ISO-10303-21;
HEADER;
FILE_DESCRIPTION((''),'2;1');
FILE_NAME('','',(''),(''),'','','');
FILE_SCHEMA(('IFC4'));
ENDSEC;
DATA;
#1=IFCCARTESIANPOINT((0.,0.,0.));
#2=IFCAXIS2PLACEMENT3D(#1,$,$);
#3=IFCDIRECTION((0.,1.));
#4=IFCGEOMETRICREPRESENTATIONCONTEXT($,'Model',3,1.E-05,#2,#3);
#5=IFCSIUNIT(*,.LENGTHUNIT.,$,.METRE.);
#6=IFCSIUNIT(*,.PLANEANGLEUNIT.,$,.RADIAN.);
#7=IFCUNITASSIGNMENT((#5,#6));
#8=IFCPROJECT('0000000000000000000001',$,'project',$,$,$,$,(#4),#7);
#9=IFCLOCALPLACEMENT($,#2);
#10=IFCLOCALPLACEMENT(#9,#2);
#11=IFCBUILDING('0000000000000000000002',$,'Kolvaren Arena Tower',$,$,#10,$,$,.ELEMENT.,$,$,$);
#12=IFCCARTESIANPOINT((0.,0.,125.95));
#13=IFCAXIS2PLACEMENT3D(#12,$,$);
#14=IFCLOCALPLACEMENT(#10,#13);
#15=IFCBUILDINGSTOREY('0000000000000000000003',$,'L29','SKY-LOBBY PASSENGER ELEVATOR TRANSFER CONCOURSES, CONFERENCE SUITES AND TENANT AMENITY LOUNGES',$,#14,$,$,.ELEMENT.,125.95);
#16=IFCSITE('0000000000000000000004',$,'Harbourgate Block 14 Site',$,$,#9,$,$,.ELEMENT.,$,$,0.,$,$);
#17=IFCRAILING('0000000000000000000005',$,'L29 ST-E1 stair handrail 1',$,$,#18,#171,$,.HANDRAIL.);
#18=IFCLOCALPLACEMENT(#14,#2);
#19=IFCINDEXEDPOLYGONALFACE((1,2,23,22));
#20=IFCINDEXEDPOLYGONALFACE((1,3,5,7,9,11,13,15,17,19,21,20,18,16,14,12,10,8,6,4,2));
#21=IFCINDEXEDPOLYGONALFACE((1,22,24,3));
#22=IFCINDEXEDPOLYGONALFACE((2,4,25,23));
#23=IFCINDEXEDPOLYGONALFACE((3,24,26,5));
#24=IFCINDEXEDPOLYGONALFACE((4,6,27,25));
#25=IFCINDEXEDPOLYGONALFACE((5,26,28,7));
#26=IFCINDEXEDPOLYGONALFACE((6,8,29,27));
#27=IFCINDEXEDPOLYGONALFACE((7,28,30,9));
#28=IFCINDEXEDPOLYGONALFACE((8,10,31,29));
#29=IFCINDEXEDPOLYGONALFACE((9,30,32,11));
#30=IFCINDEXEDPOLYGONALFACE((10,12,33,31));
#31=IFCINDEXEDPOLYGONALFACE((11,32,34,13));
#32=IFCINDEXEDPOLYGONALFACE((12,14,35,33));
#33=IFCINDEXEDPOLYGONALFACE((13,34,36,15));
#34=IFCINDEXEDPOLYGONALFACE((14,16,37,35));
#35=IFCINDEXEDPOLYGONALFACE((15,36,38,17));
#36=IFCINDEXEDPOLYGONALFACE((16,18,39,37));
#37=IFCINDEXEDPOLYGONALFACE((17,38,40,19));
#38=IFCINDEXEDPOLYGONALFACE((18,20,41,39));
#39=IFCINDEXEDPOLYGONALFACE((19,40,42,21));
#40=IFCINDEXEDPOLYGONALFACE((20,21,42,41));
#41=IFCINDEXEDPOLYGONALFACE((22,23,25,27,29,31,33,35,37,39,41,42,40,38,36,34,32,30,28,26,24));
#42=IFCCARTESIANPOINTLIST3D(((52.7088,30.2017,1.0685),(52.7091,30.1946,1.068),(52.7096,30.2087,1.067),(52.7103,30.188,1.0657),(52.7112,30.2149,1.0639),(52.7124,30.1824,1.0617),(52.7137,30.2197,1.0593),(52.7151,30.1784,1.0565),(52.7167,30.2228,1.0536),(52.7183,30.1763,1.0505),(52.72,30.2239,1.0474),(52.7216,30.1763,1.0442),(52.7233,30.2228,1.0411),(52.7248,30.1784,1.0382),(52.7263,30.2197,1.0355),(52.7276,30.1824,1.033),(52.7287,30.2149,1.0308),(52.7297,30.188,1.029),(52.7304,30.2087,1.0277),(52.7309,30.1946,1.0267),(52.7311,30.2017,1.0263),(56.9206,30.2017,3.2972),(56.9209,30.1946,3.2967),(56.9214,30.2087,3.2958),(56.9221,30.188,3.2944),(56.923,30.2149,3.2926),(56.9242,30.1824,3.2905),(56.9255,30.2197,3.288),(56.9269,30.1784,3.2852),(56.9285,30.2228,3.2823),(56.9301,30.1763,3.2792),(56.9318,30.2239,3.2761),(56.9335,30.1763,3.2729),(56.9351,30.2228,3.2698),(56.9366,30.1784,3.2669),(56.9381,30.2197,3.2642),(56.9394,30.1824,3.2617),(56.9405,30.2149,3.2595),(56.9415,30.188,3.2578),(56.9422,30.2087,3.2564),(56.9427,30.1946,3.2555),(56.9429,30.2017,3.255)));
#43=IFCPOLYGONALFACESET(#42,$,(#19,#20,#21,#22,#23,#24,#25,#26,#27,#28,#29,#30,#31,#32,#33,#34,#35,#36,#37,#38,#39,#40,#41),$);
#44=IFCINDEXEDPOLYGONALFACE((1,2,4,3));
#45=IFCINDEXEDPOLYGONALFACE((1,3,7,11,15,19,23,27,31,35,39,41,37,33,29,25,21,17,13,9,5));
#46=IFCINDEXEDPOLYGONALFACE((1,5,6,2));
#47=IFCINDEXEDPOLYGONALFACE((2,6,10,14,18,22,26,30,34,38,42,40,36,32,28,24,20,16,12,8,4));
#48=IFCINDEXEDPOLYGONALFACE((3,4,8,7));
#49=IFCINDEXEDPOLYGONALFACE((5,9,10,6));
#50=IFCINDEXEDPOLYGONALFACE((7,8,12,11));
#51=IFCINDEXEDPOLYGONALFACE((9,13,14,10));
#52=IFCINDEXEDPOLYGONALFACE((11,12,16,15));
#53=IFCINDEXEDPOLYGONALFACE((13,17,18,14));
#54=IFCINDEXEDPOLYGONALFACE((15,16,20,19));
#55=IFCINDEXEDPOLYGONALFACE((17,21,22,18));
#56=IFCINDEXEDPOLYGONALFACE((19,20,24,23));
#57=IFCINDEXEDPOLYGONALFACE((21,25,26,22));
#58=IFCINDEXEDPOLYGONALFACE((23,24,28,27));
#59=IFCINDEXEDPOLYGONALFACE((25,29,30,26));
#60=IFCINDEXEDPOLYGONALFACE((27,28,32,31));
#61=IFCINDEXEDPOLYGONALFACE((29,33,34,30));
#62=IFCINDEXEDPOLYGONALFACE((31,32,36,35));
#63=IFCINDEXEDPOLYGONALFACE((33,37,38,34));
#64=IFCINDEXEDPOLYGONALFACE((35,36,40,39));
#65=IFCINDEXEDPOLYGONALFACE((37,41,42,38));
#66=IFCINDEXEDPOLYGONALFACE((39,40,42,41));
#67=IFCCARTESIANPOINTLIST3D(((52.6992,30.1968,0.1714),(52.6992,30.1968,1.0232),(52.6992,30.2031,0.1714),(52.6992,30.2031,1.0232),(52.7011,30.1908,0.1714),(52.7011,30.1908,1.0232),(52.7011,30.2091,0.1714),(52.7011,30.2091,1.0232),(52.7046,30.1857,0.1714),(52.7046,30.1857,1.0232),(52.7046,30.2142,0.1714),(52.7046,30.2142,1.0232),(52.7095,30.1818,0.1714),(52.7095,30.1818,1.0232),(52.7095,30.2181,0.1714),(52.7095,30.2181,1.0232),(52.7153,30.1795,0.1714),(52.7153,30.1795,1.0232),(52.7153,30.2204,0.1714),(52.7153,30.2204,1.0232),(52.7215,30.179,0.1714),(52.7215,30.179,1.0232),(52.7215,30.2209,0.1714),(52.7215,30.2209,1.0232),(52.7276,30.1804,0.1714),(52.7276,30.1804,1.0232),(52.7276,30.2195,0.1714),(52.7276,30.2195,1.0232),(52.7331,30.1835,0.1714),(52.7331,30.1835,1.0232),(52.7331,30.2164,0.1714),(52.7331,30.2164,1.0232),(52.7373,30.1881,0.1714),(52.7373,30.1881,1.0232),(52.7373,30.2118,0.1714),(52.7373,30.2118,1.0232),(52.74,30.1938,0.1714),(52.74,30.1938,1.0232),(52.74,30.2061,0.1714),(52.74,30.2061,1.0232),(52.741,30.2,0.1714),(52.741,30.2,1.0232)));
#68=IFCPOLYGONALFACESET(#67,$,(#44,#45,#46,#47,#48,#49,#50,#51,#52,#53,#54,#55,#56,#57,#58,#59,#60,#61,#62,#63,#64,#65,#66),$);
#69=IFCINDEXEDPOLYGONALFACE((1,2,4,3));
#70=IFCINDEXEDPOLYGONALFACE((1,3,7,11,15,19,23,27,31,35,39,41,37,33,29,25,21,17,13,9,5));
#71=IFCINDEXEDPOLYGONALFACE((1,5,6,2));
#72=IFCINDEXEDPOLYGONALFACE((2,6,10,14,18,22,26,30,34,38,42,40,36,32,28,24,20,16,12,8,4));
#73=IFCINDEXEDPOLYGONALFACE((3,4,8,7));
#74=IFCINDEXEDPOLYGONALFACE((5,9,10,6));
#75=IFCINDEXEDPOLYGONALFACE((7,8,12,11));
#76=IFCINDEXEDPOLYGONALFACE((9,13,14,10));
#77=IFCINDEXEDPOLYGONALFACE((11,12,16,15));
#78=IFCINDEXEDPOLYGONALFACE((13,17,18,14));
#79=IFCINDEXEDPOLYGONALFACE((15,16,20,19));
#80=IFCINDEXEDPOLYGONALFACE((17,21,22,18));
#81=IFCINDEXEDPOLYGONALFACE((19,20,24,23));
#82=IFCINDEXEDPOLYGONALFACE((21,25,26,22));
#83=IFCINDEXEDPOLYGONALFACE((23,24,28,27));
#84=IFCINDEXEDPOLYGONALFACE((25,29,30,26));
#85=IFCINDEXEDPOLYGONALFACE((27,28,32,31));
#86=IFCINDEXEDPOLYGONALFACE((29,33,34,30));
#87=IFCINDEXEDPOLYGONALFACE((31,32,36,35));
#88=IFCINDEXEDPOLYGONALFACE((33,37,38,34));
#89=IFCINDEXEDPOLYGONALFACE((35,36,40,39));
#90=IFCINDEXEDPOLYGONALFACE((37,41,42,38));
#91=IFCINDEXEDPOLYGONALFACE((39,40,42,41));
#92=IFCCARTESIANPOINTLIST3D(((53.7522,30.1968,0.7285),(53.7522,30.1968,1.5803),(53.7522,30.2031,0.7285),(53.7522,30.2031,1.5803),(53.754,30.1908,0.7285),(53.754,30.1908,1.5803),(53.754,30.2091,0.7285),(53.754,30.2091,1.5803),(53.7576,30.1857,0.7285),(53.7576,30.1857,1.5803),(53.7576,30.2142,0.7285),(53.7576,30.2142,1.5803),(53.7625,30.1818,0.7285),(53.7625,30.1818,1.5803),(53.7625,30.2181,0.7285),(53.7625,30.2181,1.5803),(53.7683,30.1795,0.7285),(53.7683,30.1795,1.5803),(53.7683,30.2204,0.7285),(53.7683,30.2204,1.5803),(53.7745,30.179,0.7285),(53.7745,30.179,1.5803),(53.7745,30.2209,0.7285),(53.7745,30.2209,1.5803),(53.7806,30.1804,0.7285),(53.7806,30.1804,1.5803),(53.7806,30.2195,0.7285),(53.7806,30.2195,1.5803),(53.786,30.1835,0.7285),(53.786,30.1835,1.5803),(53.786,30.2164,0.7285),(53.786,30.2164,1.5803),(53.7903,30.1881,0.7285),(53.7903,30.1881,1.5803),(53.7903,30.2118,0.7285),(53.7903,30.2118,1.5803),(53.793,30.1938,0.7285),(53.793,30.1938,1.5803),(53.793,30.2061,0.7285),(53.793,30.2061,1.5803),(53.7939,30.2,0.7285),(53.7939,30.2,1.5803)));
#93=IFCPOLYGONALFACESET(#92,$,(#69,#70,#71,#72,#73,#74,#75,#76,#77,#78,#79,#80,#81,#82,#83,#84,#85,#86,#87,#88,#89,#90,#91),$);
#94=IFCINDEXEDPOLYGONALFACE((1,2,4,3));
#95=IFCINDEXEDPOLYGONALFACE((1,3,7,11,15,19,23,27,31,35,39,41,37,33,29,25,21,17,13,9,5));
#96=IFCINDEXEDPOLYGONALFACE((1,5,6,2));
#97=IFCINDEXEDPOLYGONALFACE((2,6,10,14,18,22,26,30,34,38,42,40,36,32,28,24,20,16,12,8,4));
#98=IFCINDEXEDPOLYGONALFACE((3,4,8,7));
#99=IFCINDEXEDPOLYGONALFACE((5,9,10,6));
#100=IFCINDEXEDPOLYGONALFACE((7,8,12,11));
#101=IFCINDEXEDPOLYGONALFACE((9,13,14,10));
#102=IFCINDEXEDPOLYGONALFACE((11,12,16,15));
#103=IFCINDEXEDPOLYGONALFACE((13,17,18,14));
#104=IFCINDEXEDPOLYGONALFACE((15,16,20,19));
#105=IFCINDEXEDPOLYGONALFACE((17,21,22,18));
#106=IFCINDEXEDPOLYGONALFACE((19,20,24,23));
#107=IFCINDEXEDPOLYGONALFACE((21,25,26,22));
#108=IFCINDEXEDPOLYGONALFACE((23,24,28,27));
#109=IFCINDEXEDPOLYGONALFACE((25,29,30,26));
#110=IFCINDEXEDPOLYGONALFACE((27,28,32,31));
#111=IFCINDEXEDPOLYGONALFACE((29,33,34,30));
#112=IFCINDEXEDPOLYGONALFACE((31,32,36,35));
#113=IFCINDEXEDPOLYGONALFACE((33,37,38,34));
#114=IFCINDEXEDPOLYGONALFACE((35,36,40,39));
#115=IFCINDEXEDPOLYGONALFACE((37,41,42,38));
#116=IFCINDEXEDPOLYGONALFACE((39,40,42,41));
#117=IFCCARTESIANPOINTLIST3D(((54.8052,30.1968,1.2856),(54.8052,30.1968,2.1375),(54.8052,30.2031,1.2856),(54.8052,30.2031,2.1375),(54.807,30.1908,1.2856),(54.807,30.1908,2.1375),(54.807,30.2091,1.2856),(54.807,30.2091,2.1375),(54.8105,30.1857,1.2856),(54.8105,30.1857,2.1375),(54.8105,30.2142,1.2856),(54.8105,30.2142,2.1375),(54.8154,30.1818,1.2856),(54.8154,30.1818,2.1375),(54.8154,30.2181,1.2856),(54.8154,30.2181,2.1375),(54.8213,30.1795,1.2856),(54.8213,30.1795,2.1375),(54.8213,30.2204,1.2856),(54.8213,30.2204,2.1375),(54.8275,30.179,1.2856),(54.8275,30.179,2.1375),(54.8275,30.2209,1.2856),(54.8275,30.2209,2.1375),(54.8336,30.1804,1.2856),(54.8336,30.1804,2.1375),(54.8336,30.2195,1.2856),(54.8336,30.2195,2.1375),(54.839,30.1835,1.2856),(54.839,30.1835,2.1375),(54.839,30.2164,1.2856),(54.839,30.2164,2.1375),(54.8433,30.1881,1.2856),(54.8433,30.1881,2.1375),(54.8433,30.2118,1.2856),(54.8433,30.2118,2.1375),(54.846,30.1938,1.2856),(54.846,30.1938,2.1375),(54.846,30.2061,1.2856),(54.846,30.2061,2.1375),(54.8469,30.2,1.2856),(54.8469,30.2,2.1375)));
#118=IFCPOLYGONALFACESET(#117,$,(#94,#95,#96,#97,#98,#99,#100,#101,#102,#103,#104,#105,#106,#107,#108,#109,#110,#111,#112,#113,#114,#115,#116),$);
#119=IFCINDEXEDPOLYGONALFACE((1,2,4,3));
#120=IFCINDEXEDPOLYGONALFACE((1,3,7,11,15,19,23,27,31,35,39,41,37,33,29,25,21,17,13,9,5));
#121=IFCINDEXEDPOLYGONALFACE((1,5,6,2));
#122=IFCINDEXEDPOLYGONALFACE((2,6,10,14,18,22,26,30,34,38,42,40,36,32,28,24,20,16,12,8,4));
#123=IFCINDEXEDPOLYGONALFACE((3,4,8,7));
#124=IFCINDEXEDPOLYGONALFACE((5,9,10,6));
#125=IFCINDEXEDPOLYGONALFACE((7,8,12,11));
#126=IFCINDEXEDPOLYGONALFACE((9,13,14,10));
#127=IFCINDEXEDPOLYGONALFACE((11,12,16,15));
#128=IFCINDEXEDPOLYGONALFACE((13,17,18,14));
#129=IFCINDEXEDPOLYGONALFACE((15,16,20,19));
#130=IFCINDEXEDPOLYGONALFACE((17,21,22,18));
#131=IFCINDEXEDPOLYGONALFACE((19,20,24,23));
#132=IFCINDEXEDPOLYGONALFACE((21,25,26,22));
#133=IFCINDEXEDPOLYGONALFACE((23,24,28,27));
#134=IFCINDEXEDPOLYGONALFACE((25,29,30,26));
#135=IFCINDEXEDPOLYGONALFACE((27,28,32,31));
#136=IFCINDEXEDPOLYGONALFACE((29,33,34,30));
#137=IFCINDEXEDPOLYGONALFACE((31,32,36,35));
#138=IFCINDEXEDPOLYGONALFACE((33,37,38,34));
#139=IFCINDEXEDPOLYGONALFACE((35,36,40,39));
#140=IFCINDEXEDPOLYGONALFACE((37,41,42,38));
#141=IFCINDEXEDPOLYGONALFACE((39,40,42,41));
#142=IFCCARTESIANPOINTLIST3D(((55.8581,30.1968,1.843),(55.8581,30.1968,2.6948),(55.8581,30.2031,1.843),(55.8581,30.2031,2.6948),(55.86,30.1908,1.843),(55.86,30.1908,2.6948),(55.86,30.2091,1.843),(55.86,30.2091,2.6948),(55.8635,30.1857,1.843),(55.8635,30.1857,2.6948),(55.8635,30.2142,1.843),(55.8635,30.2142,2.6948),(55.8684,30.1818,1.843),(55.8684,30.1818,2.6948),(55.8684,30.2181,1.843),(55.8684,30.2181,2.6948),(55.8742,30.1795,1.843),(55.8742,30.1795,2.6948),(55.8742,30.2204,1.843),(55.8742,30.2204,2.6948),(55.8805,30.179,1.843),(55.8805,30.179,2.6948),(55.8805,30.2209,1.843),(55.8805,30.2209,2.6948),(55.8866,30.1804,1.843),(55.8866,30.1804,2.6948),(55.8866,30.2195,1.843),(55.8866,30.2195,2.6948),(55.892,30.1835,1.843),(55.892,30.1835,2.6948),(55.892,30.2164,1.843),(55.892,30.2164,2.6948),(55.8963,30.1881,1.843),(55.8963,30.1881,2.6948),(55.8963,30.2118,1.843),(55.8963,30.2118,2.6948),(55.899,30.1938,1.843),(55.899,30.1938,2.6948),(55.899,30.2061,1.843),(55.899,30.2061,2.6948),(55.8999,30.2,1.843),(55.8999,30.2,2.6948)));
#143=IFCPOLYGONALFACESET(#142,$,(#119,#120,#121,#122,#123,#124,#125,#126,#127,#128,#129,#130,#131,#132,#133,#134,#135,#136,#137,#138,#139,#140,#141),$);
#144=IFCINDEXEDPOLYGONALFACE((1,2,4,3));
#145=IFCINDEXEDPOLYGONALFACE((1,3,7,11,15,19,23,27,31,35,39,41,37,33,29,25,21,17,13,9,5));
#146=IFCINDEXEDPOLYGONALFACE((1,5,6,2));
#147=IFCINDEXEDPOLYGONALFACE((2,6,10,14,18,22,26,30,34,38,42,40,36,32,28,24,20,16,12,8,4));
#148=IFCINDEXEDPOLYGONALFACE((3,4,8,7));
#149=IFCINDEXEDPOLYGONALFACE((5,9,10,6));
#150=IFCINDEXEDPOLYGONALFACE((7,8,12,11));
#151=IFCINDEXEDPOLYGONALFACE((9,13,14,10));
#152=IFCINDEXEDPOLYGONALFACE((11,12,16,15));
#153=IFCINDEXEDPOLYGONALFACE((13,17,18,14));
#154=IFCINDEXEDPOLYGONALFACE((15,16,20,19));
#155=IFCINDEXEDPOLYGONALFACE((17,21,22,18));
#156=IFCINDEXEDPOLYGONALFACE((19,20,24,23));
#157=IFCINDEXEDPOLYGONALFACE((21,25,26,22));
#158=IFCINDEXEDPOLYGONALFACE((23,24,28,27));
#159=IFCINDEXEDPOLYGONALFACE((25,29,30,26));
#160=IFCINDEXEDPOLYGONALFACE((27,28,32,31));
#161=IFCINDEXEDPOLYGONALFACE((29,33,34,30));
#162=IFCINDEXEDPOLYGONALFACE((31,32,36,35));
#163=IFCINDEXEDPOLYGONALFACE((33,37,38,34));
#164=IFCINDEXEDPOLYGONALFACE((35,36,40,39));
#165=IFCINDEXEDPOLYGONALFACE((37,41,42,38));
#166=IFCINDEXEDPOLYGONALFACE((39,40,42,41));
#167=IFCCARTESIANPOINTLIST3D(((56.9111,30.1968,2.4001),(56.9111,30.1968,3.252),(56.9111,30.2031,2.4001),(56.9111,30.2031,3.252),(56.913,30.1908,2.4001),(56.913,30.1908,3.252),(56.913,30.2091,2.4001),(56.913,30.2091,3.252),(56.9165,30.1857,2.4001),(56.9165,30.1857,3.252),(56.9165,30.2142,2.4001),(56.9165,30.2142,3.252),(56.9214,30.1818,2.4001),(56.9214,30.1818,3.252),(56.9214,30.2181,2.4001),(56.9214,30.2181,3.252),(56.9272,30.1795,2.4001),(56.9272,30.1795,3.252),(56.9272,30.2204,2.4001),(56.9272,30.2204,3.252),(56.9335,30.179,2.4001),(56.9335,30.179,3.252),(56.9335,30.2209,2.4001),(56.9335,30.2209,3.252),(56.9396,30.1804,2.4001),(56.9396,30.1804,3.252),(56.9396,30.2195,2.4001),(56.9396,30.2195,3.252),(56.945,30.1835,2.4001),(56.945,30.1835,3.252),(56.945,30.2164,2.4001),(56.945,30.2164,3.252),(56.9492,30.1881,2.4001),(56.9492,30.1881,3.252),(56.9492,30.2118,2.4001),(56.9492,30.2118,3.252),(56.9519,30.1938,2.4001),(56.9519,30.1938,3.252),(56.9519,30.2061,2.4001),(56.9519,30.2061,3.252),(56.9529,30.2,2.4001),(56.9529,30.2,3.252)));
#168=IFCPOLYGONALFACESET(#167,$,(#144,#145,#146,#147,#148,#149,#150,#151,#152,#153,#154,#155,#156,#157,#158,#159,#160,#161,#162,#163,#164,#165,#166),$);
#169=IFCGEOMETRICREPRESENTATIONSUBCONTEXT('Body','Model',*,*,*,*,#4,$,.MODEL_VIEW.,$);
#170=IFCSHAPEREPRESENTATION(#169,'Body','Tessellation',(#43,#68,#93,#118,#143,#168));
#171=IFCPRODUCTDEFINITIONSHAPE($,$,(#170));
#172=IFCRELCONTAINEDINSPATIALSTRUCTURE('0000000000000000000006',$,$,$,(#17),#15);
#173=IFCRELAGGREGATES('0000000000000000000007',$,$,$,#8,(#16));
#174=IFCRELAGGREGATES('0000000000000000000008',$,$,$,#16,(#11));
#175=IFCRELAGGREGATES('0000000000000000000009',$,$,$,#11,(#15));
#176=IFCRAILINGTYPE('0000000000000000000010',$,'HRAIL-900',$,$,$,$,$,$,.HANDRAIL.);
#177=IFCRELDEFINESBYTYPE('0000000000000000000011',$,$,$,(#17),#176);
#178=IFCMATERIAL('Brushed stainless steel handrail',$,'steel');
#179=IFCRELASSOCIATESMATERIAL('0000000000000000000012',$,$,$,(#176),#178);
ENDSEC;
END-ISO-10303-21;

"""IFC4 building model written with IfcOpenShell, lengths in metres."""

from ifc_helpers import new_model, si_unit, direction, frame, origin, origin_2d, place, context, subcontext, project, spatial, circle, extrude, material, type_object, element, save


model = new_model("IFC4")

# Units and contexts
model_context = context("Model", 3, precision=1e-05, world=origin(), true_north=direction((0.0, 1.0)))
body_context = subcontext(model_context, "Body", "Model", "MODEL_VIEW")
ifc_project = project(units=[si_unit("LENGTHUNIT", "METRE"), si_unit("PLANEANGLEUNIT", "RADIAN")], contexts=[model_context])

# Site, building, storey
site_placement = place(None, origin())
site = spatial("IfcSite", under=ifc_project, at=site_placement, Name="Harbourgate Block 14 Site", CompositionType="ELEMENT", RefElevation=0.0)
building_placement = place(site_placement, origin())
building = spatial("IfcBuilding", under=site, at=building_placement, Name="Kolvaren Arena Tower", CompositionType="ELEMENT")
storey_placement = place(building_placement, frame((0.0, 0.0, 125.95)))
storey = spatial("IfcBuildingStorey", under=building, at=storey_placement, Name="L29", Description="SKY-LOBBY PASSENGER ELEVATOR TRANSFER CONCOURSES, CONFERENCE SUITES AND TENANT AMENITY LOUNGES", CompositionType="ELEMENT", Elevation=125.95)

# Railing
ifc_material_1 = material(Name="Brushed stainless steel handrail", Category="steel")
railing_type_1 = type_object("IfcRailingType", Name="HRAIL-900", PredefinedType="HANDRAIL", material=ifc_material_1)
railing_1_placement = place(storey_placement, frame((52.72, 30.2, 0.1714)))
element("IfcRailing", 1, at=railing_1_placement, inside=storey, type_object=railing_type_1, Name="L29 ST-E1 stair handrail 1", PredefinedType="HANDRAIL", context=body_context, shape_type="SweptSolid", body=[
    extrude(circle(Radius=0.0239, at=origin_2d()), frame((0.0, 0.0, 0.876), z_axis=(0.883881, 0.0, 0.467711), x_axis=(0.0, 1.0, 0.0)), (0.0, 0.0, 1.0), 4.7651),
    extrude(circle(Radius=0.021, at=origin_2d()), origin(), (0.0, 0.0, 1.0), 0.8518),
    extrude(circle(Radius=0.021, at=origin_2d()), frame((1.053, 0.0, 0.5571)), (0.0, 0.0, 1.0), 0.8518),
    extrude(circle(Radius=0.021, at=origin_2d()), frame((2.106, 0.0, 1.1143)), (0.0, 0.0, 1.0), 0.8518),
    extrude(circle(Radius=0.021, at=origin_2d()), frame((3.1589, 0.0, 1.6716)), (0.0, 0.0, 1.0), 0.8518),
    extrude(circle(Radius=0.021, at=origin_2d()), frame((4.2119, 0.0, 2.2288)), (0.0, 0.0, 1.0), 0.8518),
])

save(model, "model.ifc")
